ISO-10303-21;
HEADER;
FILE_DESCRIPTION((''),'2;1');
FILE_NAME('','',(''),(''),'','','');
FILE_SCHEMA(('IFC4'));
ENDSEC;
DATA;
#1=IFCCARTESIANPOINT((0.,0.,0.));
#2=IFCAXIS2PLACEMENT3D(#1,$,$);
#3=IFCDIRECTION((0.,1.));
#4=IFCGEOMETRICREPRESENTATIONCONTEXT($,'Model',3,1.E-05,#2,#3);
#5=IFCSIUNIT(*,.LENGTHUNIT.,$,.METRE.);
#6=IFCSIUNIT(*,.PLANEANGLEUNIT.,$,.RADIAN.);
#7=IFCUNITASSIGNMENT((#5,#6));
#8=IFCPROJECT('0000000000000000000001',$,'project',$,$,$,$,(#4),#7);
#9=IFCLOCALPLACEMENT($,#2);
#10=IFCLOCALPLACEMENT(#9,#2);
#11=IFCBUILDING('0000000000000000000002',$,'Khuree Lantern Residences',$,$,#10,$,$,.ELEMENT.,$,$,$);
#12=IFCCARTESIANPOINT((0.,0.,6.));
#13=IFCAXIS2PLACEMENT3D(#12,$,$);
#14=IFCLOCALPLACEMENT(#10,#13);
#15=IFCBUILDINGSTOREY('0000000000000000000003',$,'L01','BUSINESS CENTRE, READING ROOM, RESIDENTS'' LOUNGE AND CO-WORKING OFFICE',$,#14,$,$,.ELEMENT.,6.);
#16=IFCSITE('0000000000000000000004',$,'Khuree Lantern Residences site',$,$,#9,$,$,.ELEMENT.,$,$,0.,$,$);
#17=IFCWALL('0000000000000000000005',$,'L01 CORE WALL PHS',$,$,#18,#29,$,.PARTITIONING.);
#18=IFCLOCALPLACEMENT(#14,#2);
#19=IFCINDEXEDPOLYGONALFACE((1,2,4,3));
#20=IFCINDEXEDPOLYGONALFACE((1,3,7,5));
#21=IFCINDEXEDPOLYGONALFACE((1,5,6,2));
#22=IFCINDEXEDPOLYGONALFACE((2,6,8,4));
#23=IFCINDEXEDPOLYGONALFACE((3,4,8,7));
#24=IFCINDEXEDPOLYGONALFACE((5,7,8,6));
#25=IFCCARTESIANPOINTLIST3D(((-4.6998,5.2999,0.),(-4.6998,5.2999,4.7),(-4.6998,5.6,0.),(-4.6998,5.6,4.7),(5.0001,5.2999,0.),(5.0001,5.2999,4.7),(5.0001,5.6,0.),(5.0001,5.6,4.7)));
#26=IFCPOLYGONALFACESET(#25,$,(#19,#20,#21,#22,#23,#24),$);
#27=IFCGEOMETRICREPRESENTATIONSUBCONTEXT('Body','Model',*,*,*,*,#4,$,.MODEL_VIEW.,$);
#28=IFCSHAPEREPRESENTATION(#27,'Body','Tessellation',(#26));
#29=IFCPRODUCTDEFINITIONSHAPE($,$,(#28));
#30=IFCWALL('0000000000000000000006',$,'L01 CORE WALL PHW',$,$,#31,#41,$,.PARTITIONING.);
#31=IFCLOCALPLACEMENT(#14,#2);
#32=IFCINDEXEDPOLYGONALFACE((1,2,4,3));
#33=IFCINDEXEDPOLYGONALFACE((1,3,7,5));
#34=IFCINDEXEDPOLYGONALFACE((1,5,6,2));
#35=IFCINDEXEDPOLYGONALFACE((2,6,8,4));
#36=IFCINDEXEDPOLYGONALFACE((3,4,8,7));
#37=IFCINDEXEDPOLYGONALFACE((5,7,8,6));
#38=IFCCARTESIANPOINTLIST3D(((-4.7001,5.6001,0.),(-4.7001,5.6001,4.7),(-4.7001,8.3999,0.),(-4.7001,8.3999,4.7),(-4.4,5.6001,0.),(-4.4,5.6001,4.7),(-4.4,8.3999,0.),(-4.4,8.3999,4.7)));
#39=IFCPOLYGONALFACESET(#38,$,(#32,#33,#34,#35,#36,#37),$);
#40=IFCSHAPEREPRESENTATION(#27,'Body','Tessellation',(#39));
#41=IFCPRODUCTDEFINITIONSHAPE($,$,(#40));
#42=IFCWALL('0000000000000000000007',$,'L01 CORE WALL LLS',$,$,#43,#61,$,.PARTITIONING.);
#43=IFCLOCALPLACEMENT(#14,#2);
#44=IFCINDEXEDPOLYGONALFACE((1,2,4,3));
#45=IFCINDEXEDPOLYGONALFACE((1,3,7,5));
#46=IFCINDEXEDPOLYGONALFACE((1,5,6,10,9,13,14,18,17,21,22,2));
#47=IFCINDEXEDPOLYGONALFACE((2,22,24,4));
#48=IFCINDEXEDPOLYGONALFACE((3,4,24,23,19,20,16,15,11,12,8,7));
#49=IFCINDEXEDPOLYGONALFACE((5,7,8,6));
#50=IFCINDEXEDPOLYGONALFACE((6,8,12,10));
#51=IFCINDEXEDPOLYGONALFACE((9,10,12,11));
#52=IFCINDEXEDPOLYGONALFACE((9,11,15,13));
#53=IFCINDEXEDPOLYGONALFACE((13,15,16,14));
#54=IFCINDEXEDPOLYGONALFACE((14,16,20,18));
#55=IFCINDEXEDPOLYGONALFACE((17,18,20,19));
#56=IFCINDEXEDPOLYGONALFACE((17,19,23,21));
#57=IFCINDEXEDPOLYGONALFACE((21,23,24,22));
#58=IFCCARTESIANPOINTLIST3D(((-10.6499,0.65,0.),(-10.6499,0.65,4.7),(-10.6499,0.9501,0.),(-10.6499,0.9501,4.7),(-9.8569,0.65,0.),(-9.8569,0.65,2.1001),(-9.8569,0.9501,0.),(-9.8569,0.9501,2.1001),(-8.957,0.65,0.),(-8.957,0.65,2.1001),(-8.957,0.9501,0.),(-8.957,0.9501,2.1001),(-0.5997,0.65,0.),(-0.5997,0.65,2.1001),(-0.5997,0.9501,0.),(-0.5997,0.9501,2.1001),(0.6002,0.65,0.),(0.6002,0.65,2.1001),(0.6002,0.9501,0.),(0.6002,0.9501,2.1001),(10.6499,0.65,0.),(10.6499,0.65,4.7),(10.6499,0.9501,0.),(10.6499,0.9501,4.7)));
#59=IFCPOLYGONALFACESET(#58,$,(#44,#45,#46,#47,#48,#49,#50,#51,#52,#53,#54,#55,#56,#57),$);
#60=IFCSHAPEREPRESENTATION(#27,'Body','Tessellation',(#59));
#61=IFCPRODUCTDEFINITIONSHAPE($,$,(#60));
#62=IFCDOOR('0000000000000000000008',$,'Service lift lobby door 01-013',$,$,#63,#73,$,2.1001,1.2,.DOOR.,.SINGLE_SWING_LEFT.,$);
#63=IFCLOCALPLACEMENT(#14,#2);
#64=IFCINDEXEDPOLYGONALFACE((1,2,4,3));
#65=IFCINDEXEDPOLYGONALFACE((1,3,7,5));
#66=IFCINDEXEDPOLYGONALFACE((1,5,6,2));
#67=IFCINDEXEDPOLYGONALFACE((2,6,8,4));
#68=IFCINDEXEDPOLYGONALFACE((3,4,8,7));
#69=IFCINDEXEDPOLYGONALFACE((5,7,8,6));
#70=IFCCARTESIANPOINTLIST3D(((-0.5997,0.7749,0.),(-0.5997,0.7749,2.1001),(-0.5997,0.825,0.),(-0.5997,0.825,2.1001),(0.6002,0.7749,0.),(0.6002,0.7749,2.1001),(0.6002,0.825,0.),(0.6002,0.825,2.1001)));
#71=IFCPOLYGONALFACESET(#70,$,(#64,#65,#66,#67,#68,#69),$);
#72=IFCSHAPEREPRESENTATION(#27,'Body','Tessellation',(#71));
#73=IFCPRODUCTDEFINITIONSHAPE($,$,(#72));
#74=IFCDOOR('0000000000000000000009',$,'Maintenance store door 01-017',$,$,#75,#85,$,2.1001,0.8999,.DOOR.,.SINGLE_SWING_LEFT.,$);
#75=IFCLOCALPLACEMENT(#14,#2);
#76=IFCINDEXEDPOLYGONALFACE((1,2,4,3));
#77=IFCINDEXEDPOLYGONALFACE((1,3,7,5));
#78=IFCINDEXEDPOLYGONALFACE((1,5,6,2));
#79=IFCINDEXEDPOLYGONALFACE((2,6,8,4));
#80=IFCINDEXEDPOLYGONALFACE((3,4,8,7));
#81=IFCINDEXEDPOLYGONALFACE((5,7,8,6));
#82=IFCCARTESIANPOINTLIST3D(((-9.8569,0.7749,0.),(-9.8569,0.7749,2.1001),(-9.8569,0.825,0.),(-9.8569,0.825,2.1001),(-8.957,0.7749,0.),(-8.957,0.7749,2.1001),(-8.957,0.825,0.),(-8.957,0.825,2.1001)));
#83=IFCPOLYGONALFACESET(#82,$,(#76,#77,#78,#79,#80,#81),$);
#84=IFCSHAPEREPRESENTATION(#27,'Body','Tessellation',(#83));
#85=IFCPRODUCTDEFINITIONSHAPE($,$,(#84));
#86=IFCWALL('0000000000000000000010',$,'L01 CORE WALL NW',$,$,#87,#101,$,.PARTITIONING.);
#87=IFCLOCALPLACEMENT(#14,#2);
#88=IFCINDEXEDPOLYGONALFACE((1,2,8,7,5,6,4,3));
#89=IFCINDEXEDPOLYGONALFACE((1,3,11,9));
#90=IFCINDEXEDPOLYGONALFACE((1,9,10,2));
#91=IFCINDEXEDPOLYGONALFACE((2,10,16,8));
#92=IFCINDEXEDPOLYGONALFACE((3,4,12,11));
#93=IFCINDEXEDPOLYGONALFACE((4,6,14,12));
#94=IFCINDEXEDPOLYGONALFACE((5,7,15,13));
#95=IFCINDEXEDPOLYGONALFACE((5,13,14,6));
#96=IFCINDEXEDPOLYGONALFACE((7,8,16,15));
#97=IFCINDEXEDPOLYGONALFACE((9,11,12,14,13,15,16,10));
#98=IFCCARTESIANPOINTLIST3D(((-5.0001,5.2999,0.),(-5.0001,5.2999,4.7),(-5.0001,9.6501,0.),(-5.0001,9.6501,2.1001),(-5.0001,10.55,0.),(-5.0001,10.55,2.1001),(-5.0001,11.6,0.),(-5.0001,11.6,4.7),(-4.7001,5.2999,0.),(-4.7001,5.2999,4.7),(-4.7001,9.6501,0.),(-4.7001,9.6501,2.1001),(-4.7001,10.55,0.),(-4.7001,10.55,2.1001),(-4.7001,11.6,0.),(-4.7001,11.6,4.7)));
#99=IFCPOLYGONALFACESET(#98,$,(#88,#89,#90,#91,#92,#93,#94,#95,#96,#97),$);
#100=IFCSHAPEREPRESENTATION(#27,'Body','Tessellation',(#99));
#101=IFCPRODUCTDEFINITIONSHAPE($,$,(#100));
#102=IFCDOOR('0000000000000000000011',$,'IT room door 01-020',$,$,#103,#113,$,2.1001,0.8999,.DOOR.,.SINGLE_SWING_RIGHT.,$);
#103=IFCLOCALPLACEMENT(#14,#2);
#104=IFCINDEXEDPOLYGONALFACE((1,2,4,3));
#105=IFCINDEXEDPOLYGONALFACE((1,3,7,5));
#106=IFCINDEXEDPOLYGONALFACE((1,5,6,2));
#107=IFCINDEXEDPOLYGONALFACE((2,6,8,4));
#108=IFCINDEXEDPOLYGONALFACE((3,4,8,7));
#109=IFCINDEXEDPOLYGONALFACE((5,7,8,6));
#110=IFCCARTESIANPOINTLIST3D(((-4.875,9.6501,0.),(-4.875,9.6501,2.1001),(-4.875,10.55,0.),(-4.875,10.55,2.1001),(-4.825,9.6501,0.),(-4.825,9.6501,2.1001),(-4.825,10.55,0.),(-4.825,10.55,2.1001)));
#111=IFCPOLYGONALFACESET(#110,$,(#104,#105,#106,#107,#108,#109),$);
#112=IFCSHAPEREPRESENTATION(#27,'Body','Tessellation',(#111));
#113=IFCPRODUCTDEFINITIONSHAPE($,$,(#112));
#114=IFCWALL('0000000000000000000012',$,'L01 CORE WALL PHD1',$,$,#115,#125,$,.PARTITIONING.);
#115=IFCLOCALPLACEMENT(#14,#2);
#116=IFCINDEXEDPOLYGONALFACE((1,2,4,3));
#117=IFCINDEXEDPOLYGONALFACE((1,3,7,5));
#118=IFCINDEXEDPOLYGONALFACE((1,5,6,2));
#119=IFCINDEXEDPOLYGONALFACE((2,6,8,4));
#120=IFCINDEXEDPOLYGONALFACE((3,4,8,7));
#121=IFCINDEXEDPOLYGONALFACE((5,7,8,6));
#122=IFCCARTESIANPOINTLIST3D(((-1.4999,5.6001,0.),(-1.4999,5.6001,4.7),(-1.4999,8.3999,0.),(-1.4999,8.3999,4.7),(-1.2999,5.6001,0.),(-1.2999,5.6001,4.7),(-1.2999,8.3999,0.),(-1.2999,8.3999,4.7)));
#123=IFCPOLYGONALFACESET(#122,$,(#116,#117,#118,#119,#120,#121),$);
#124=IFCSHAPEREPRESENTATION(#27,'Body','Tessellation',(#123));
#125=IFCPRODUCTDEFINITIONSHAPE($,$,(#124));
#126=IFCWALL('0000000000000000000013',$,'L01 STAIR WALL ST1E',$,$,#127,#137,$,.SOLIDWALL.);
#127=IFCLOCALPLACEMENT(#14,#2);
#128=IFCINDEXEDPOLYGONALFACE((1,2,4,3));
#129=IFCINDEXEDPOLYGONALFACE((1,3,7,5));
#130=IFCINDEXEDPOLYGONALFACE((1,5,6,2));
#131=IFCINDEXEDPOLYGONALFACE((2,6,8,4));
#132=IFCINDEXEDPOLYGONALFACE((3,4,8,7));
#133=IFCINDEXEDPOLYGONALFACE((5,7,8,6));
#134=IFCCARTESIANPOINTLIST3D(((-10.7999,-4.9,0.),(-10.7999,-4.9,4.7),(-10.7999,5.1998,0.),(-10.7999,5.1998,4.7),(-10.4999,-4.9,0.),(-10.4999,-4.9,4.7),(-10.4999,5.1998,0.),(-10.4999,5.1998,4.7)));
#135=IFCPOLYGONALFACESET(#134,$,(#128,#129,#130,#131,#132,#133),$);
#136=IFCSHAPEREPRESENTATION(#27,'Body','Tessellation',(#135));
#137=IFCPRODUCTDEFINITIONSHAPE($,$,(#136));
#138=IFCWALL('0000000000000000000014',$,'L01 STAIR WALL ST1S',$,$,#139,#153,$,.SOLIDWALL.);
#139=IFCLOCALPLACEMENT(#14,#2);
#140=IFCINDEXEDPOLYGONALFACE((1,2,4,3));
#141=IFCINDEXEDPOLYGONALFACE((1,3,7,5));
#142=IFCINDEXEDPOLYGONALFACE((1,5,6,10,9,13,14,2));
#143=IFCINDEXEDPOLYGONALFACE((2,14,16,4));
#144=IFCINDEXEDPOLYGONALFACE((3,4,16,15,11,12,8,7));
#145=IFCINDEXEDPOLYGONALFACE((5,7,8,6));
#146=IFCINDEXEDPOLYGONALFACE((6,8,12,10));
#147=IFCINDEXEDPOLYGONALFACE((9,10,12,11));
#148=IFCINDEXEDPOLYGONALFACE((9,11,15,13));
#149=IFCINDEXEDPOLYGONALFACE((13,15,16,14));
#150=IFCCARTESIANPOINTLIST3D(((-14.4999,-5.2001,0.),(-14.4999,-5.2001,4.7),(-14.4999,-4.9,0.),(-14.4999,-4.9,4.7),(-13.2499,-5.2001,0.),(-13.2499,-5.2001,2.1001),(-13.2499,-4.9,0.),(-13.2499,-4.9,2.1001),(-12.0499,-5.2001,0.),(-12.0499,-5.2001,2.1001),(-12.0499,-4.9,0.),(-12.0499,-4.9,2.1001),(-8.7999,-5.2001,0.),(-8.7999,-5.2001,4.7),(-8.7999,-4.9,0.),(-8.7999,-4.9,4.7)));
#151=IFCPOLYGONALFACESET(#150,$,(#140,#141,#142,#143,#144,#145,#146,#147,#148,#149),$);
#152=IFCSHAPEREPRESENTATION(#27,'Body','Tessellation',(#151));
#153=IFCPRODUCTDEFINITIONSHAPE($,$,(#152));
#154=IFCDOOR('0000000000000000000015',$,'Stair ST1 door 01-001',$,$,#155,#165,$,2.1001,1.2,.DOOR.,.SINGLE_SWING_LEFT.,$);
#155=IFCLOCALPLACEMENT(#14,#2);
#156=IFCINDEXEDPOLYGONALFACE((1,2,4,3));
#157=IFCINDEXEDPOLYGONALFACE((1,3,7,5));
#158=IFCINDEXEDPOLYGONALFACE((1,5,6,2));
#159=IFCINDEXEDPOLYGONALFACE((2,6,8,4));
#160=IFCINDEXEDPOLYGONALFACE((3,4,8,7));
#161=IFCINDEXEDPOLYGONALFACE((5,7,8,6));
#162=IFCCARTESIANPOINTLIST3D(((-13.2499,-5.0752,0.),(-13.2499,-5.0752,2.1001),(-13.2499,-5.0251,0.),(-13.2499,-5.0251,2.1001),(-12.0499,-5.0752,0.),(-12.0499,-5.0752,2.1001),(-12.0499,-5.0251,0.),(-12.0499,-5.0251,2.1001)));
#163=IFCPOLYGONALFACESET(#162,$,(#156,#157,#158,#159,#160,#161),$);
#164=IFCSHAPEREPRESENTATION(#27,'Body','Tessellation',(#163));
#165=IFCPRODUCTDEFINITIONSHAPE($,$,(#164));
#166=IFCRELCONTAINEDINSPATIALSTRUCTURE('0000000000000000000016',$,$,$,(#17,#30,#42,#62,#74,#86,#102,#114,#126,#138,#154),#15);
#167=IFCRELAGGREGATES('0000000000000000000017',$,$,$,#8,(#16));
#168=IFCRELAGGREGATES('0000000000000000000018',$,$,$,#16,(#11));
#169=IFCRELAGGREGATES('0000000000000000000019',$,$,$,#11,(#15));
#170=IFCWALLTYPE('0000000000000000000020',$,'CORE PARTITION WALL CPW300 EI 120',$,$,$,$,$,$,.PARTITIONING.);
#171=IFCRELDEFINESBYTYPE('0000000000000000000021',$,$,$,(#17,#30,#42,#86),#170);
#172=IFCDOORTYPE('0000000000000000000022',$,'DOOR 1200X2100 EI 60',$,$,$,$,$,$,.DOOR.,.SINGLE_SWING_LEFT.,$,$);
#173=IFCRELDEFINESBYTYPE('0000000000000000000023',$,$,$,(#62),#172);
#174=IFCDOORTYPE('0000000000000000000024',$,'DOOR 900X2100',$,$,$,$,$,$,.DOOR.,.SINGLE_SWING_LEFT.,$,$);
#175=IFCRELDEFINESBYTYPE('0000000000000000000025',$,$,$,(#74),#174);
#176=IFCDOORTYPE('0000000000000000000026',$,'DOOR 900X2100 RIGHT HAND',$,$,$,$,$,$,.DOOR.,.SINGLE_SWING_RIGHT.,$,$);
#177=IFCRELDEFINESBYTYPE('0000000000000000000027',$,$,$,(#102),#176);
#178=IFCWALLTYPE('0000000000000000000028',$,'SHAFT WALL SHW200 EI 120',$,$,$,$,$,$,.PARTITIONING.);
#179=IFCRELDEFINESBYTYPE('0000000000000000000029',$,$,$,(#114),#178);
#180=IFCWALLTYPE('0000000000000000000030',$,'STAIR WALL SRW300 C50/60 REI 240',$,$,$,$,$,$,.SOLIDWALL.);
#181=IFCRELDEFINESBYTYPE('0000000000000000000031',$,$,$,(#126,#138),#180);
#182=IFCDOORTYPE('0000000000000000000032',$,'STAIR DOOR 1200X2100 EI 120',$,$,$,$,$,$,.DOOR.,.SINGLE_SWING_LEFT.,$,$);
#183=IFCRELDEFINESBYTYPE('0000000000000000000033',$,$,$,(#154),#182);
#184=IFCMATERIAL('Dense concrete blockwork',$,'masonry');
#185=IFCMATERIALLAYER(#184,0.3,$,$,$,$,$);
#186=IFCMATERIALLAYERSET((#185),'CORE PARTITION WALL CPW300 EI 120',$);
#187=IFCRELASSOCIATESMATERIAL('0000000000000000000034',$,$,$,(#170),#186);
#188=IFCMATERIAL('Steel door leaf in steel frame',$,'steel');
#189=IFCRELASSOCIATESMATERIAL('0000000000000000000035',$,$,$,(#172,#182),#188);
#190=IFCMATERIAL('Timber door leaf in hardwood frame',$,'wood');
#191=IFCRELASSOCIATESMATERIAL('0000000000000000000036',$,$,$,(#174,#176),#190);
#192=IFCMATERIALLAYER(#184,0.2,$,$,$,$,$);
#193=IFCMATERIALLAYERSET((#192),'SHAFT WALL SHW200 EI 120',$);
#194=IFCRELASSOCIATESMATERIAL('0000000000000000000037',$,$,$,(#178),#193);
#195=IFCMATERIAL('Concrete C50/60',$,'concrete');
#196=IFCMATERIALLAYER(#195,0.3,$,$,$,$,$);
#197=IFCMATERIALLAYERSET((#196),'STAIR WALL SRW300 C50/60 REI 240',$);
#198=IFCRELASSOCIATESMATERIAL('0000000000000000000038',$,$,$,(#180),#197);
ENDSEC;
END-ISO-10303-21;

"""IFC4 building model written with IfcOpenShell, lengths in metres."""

from ifc_helpers import new_model, si_unit, direction, frame, frame_2d, origin, place, context, subcontext, project, spatial, rectangle, extrude, material, layer, layer_set, type_object, element, fill, save


model = new_model("IFC4")

# Units and contexts
model_context = context("Model", 3, precision=1e-05, world=origin(), true_north=direction((0.0, 1.0)))
body_context = subcontext(model_context, "Body", "Model", "MODEL_VIEW")
ifc_project = project(units=[si_unit("LENGTHUNIT", "METRE"), si_unit("PLANEANGLEUNIT", "RADIAN")], contexts=[model_context])

# Site, building, storey
site_placement = place(None, origin())
site = spatial("IfcSite", under=ifc_project, at=site_placement, Name="Khuree Lantern Residences site", CompositionType="ELEMENT", RefElevation=0.0)
building_placement = place(site_placement, origin())
building = spatial("IfcBuilding", under=site, at=building_placement, Name="Khuree Lantern Residences", CompositionType="ELEMENT")
storey_placement = place(building_placement, frame((0.0, 0.0, 6.0)))
storey = spatial("IfcBuildingStorey", under=building, at=storey_placement, Name="L01", Description="BUSINESS CENTRE, READING ROOM, RESIDENTS' LOUNGE AND CO-WORKING OFFICE", CompositionType="ELEMENT", Elevation=6.0)

# Walls
ifc_material_1 = material(Name="Dense concrete blockwork", Category="masonry")
ifc_layer_1 = layer(ifc_material_1, 0.3)
ifc_layer_set_1 = layer_set([ifc_layer_1], Name="CORE PARTITION WALL CPW300 EI 120")
wall_type_1 = type_object("IfcWallType", Name="CORE PARTITION WALL CPW300 EI 120", PredefinedType="PARTITIONING", material=ifc_layer_set_1)
wall_1_placement = place(storey_placement, frame((-4.7, 5.45, 0.0), z_axis=(0.0, 0.0, 1.0), x_axis=(1.0, 0.0, 0.0)))
element("IfcWall", 1, at=wall_1_placement, inside=storey, type_object=wall_type_1, Name="L01 CORE WALL PHS", PredefinedType="PARTITIONING", context=body_context, shape_type="SweptSolid", body=[
    extrude(rectangle(XDim=9.7, YDim=0.3, at=frame_2d((4.8501, 0.0))), origin(), (0.0, 0.0, 1.0), 4.7),
])
wall_2_placement = place(storey_placement, frame((-4.55, 5.6001, 0.0), z_axis=(0.0, 0.0, 1.0), x_axis=(0.0, 1.0, 0.0)))
element("IfcWall", 2, at=wall_2_placement, inside=storey, type_object=wall_type_1, Name="L01 CORE WALL PHW", PredefinedType="PARTITIONING", context=body_context, shape_type="SweptSolid", body=[
    extrude(rectangle(XDim=2.7998, YDim=0.3, at=frame_2d((1.3999, 0.0))), origin(), (0.0, 0.0, 1.0), 4.7),
])

# Wall, openings, doors
wall_3_placement = place(storey_placement, frame((-10.6499, 0.8, 0.0), z_axis=(0.0, 0.0, 1.0), x_axis=(1.0, 0.0, 0.0)))
wall_3 = element("IfcWall", 3, at=wall_3_placement, inside=storey, type_object=wall_type_1, Name="L01 CORE WALL LLS", PredefinedType="PARTITIONING", context=body_context, shape_type="SweptSolid", body=[
    extrude(rectangle(XDim=21.2998, YDim=0.3, at=frame_2d((10.6499, 0.0))), origin(), (0.0, 0.0, 1.0), 4.7),
])
opening_1_placement = place(wall_3_placement, frame((10.05, 0.0, 0.0)))
opening_1 = element("IfcOpeningElement", 4, at=opening_1_placement, cuts=wall_3, PredefinedType="OPENING", context=body_context, shape_type="SweptSolid", body=[
    extrude(rectangle(XDim=1.2, YDim=2.1001, at=frame_2d((0.6001, 1.05))), frame((0.0, 0.1602, 0.0), z_axis=(0.0, -1.0, 0.0), x_axis=(1.0, 0.0, 0.0)), (0.0, 0.0, 1.0), 0.3201),
])
opening_2_placement = place(wall_3_placement, frame((0.793, 0.0, 0.0)))
opening_2 = element("IfcOpeningElement", 5, at=opening_2_placement, cuts=wall_3, PredefinedType="OPENING", context=body_context, shape_type="SweptSolid", body=[
    extrude(rectangle(XDim=0.8999, YDim=2.1001, at=frame_2d((0.45, 1.05))), frame((0.0, 0.1602, 0.0), z_axis=(0.0, -1.0, 0.0), x_axis=(1.0, 0.0, 0.0)), (0.0, 0.0, 1.0), 0.3201),
])
ifc_material_2 = material(Name="Steel door leaf in steel frame", Category="steel")
door_type_1 = type_object("IfcDoorType", Name="DOOR 1200X2100 EI 60", OperationType="SINGLE_SWING_LEFT", PredefinedType="DOOR", material=ifc_material_2)
door_1_placement = place(opening_1_placement, origin())
door_1 = element("IfcDoor", 6, at=door_1_placement, inside=storey, type_object=door_type_1, Name="Service lift lobby door 01-013", OperationType="SINGLE_SWING_LEFT", OverallHeight=2.1001, OverallWidth=1.2, PredefinedType="DOOR", context=body_context, shape_type="SweptSolid", body=[
    extrude(rectangle(XDim=1.2, YDim=2.1001, at=frame_2d((0.6001, 1.05))), frame((0.0, 0.0249, 0.0), z_axis=(0.0, -1.0, 0.0), x_axis=(1.0, 0.0, 0.0)), (0.0, 0.0, 1.0), 0.05),
])
fill(opening_1, door_1)
ifc_material_3 = material(Name="Timber door leaf in hardwood frame", Category="wood")
door_type_2 = type_object("IfcDoorType", Name="DOOR 900X2100", OperationType="SINGLE_SWING_LEFT", PredefinedType="DOOR", material=ifc_material_3)
door_2_placement = place(opening_2_placement, origin())
door_2 = element("IfcDoor", 7, at=door_2_placement, inside=storey, type_object=door_type_2, Name="Maintenance store door 01-017", OperationType="SINGLE_SWING_LEFT", OverallHeight=2.1001, OverallWidth=0.8999, PredefinedType="DOOR", context=body_context, shape_type="SweptSolid", body=[
    extrude(rectangle(XDim=0.8999, YDim=2.1001, at=frame_2d((0.45, 1.05))), frame((0.0, 0.0249, 0.0), z_axis=(0.0, -1.0, 0.0), x_axis=(1.0, 0.0, 0.0)), (0.0, 0.0, 1.0), 0.05),
])
fill(opening_2, door_2)

# Wall, opening, door
wall_4_placement = place(storey_placement, frame((-4.8501, 5.3, 0.0), z_axis=(0.0, 0.0, 1.0), x_axis=(0.0, 1.0, 0.0)))
wall_4 = element("IfcWall", 8, at=wall_4_placement, inside=storey, type_object=wall_type_1, Name="L01 CORE WALL NW", PredefinedType="PARTITIONING", context=body_context, shape_type="SweptSolid", body=[
    extrude(rectangle(XDim=6.3, YDim=0.3, at=frame_2d((3.1499, 0.0))), origin(), (0.0, 0.0, 1.0), 4.7),
])
opening_3_placement = place(wall_4_placement, frame((4.3501, 0.0, 0.0)))
opening_3 = element("IfcOpeningElement", 9, at=opening_3_placement, cuts=wall_4, PredefinedType="OPENING", context=body_context, shape_type="SweptSolid", body=[
    extrude(rectangle(XDim=0.8999, YDim=2.1001, at=frame_2d((0.45, 1.05))), frame((0.0, 0.1602, 0.0), z_axis=(0.0, -1.0, 0.0), x_axis=(1.0, 0.0, 0.0)), (0.0, 0.0, 1.0), 0.3201),
])
door_type_3 = type_object("IfcDoorType", Name="DOOR 900X2100 RIGHT HAND", OperationType="SINGLE_SWING_RIGHT", PredefinedType="DOOR", material=ifc_material_3)
door_3_placement = place(opening_3_placement, origin())
door_3 = element("IfcDoor", 10, at=door_3_placement, inside=storey, type_object=door_type_3, Name="IT room door 01-020", OperationType="SINGLE_SWING_RIGHT", OverallHeight=2.1001, OverallWidth=0.8999, PredefinedType="DOOR", context=body_context, shape_type="SweptSolid", body=[
    extrude(rectangle(XDim=0.8999, YDim=2.1001, at=frame_2d((0.45, 1.05))), frame((0.0, 0.0249, 0.0), z_axis=(0.0, -1.0, 0.0), x_axis=(1.0, 0.0, 0.0)), (0.0, 0.0, 1.0), 0.05),
])
fill(opening_3, door_3)

# Walls
ifc_layer_2 = layer(ifc_material_1, 0.2)
ifc_layer_set_2 = layer_set([ifc_layer_2], Name="SHAFT WALL SHW200 EI 120")
wall_type_2 = type_object("IfcWallType", Name="SHAFT WALL SHW200 EI 120", PredefinedType="PARTITIONING", material=ifc_layer_set_2)
wall_5_placement = place(storey_placement, frame((-1.3999, 5.6001, 0.0), z_axis=(0.0, 0.0, 1.0), x_axis=(0.0, 1.0, 0.0)))
element("IfcWall", 11, at=wall_5_placement, inside=storey, type_object=wall_type_2, Name="L01 CORE WALL PHD1", PredefinedType="PARTITIONING", context=body_context, shape_type="SweptSolid", body=[
    extrude(rectangle(XDim=2.7998, YDim=0.2, at=frame_2d((1.3999, 0.0))), origin(), (0.0, 0.0, 1.0), 4.7),
])
ifc_material_4 = material(Name="Concrete C50/60", Category="concrete")
ifc_layer_3 = layer(ifc_material_4, 0.3)
ifc_layer_set_3 = layer_set([ifc_layer_3], Name="STAIR WALL SRW300 C50/60 REI 240")
wall_type_3 = type_object("IfcWallType", Name="STAIR WALL SRW300 C50/60 REI 240", PredefinedType="SOLIDWALL", material=ifc_layer_set_3)
wall_6_placement = place(storey_placement, frame((-10.6499, -4.8999, 0.0), z_axis=(0.0, 0.0, 1.0), x_axis=(0.0, 1.0, 0.0)))
element("IfcWall", 12, at=wall_6_placement, inside=storey, type_object=wall_type_3, Name="L01 STAIR WALL ST1E", PredefinedType="SOLIDWALL", context=body_context, shape_type="SweptSolid", body=[
    extrude(rectangle(XDim=10.0999, YDim=0.3, at=frame_2d((5.0498, 0.0))), origin(), (0.0, 0.0, 1.0), 4.7),
])

# Wall, opening, door
wall_7_placement = place(storey_placement, frame((-14.5, -5.05, 0.0), z_axis=(0.0, 0.0, 1.0), x_axis=(1.0, 0.0, 0.0)))
wall_7 = element("IfcWall", 13, at=wall_7_placement, inside=storey, type_object=wall_type_3, Name="L01 STAIR WALL ST1S", PredefinedType="SOLIDWALL", context=body_context, shape_type="SweptSolid", body=[
    extrude(rectangle(XDim=5.7, YDim=0.3, at=frame_2d((2.8501, 0.0))), origin(), (0.0, 0.0, 1.0), 4.7),
])
opening_4_placement = place(wall_7_placement, frame((1.25, 0.0, 0.0)))
opening_4 = element("IfcOpeningElement", 14, at=opening_4_placement, cuts=wall_7, PredefinedType="OPENING", context=body_context, shape_type="SweptSolid", body=[
    extrude(rectangle(XDim=1.2, YDim=2.1001, at=frame_2d((0.6001, 1.05))), frame((0.0, 0.1602, 0.0), z_axis=(0.0, -1.0, 0.0), x_axis=(1.0, 0.0, 0.0)), (0.0, 0.0, 1.0), 0.3201),
])
door_type_4 = type_object("IfcDoorType", Name="STAIR DOOR 1200X2100 EI 120", OperationType="SINGLE_SWING_LEFT", PredefinedType="DOOR", material=ifc_material_2)
door_4_placement = place(opening_4_placement, origin())
door_4 = element("IfcDoor", 15, at=door_4_placement, inside=storey, type_object=door_type_4, Name="Stair ST1 door 01-001", OperationType="SINGLE_SWING_LEFT", OverallHeight=2.1001, OverallWidth=1.2, PredefinedType="DOOR", context=body_context, shape_type="SweptSolid", body=[
    extrude(rectangle(XDim=1.2, YDim=2.1001, at=frame_2d((0.6001, 1.05))), frame((0.0, 0.0249, 0.0), z_axis=(0.0, -1.0, 0.0), x_axis=(1.0, 0.0, 0.0)), (0.0, 0.0, 1.0), 0.05),
])
fill(opening_4, door_4)

save(model, "model.ifc")
